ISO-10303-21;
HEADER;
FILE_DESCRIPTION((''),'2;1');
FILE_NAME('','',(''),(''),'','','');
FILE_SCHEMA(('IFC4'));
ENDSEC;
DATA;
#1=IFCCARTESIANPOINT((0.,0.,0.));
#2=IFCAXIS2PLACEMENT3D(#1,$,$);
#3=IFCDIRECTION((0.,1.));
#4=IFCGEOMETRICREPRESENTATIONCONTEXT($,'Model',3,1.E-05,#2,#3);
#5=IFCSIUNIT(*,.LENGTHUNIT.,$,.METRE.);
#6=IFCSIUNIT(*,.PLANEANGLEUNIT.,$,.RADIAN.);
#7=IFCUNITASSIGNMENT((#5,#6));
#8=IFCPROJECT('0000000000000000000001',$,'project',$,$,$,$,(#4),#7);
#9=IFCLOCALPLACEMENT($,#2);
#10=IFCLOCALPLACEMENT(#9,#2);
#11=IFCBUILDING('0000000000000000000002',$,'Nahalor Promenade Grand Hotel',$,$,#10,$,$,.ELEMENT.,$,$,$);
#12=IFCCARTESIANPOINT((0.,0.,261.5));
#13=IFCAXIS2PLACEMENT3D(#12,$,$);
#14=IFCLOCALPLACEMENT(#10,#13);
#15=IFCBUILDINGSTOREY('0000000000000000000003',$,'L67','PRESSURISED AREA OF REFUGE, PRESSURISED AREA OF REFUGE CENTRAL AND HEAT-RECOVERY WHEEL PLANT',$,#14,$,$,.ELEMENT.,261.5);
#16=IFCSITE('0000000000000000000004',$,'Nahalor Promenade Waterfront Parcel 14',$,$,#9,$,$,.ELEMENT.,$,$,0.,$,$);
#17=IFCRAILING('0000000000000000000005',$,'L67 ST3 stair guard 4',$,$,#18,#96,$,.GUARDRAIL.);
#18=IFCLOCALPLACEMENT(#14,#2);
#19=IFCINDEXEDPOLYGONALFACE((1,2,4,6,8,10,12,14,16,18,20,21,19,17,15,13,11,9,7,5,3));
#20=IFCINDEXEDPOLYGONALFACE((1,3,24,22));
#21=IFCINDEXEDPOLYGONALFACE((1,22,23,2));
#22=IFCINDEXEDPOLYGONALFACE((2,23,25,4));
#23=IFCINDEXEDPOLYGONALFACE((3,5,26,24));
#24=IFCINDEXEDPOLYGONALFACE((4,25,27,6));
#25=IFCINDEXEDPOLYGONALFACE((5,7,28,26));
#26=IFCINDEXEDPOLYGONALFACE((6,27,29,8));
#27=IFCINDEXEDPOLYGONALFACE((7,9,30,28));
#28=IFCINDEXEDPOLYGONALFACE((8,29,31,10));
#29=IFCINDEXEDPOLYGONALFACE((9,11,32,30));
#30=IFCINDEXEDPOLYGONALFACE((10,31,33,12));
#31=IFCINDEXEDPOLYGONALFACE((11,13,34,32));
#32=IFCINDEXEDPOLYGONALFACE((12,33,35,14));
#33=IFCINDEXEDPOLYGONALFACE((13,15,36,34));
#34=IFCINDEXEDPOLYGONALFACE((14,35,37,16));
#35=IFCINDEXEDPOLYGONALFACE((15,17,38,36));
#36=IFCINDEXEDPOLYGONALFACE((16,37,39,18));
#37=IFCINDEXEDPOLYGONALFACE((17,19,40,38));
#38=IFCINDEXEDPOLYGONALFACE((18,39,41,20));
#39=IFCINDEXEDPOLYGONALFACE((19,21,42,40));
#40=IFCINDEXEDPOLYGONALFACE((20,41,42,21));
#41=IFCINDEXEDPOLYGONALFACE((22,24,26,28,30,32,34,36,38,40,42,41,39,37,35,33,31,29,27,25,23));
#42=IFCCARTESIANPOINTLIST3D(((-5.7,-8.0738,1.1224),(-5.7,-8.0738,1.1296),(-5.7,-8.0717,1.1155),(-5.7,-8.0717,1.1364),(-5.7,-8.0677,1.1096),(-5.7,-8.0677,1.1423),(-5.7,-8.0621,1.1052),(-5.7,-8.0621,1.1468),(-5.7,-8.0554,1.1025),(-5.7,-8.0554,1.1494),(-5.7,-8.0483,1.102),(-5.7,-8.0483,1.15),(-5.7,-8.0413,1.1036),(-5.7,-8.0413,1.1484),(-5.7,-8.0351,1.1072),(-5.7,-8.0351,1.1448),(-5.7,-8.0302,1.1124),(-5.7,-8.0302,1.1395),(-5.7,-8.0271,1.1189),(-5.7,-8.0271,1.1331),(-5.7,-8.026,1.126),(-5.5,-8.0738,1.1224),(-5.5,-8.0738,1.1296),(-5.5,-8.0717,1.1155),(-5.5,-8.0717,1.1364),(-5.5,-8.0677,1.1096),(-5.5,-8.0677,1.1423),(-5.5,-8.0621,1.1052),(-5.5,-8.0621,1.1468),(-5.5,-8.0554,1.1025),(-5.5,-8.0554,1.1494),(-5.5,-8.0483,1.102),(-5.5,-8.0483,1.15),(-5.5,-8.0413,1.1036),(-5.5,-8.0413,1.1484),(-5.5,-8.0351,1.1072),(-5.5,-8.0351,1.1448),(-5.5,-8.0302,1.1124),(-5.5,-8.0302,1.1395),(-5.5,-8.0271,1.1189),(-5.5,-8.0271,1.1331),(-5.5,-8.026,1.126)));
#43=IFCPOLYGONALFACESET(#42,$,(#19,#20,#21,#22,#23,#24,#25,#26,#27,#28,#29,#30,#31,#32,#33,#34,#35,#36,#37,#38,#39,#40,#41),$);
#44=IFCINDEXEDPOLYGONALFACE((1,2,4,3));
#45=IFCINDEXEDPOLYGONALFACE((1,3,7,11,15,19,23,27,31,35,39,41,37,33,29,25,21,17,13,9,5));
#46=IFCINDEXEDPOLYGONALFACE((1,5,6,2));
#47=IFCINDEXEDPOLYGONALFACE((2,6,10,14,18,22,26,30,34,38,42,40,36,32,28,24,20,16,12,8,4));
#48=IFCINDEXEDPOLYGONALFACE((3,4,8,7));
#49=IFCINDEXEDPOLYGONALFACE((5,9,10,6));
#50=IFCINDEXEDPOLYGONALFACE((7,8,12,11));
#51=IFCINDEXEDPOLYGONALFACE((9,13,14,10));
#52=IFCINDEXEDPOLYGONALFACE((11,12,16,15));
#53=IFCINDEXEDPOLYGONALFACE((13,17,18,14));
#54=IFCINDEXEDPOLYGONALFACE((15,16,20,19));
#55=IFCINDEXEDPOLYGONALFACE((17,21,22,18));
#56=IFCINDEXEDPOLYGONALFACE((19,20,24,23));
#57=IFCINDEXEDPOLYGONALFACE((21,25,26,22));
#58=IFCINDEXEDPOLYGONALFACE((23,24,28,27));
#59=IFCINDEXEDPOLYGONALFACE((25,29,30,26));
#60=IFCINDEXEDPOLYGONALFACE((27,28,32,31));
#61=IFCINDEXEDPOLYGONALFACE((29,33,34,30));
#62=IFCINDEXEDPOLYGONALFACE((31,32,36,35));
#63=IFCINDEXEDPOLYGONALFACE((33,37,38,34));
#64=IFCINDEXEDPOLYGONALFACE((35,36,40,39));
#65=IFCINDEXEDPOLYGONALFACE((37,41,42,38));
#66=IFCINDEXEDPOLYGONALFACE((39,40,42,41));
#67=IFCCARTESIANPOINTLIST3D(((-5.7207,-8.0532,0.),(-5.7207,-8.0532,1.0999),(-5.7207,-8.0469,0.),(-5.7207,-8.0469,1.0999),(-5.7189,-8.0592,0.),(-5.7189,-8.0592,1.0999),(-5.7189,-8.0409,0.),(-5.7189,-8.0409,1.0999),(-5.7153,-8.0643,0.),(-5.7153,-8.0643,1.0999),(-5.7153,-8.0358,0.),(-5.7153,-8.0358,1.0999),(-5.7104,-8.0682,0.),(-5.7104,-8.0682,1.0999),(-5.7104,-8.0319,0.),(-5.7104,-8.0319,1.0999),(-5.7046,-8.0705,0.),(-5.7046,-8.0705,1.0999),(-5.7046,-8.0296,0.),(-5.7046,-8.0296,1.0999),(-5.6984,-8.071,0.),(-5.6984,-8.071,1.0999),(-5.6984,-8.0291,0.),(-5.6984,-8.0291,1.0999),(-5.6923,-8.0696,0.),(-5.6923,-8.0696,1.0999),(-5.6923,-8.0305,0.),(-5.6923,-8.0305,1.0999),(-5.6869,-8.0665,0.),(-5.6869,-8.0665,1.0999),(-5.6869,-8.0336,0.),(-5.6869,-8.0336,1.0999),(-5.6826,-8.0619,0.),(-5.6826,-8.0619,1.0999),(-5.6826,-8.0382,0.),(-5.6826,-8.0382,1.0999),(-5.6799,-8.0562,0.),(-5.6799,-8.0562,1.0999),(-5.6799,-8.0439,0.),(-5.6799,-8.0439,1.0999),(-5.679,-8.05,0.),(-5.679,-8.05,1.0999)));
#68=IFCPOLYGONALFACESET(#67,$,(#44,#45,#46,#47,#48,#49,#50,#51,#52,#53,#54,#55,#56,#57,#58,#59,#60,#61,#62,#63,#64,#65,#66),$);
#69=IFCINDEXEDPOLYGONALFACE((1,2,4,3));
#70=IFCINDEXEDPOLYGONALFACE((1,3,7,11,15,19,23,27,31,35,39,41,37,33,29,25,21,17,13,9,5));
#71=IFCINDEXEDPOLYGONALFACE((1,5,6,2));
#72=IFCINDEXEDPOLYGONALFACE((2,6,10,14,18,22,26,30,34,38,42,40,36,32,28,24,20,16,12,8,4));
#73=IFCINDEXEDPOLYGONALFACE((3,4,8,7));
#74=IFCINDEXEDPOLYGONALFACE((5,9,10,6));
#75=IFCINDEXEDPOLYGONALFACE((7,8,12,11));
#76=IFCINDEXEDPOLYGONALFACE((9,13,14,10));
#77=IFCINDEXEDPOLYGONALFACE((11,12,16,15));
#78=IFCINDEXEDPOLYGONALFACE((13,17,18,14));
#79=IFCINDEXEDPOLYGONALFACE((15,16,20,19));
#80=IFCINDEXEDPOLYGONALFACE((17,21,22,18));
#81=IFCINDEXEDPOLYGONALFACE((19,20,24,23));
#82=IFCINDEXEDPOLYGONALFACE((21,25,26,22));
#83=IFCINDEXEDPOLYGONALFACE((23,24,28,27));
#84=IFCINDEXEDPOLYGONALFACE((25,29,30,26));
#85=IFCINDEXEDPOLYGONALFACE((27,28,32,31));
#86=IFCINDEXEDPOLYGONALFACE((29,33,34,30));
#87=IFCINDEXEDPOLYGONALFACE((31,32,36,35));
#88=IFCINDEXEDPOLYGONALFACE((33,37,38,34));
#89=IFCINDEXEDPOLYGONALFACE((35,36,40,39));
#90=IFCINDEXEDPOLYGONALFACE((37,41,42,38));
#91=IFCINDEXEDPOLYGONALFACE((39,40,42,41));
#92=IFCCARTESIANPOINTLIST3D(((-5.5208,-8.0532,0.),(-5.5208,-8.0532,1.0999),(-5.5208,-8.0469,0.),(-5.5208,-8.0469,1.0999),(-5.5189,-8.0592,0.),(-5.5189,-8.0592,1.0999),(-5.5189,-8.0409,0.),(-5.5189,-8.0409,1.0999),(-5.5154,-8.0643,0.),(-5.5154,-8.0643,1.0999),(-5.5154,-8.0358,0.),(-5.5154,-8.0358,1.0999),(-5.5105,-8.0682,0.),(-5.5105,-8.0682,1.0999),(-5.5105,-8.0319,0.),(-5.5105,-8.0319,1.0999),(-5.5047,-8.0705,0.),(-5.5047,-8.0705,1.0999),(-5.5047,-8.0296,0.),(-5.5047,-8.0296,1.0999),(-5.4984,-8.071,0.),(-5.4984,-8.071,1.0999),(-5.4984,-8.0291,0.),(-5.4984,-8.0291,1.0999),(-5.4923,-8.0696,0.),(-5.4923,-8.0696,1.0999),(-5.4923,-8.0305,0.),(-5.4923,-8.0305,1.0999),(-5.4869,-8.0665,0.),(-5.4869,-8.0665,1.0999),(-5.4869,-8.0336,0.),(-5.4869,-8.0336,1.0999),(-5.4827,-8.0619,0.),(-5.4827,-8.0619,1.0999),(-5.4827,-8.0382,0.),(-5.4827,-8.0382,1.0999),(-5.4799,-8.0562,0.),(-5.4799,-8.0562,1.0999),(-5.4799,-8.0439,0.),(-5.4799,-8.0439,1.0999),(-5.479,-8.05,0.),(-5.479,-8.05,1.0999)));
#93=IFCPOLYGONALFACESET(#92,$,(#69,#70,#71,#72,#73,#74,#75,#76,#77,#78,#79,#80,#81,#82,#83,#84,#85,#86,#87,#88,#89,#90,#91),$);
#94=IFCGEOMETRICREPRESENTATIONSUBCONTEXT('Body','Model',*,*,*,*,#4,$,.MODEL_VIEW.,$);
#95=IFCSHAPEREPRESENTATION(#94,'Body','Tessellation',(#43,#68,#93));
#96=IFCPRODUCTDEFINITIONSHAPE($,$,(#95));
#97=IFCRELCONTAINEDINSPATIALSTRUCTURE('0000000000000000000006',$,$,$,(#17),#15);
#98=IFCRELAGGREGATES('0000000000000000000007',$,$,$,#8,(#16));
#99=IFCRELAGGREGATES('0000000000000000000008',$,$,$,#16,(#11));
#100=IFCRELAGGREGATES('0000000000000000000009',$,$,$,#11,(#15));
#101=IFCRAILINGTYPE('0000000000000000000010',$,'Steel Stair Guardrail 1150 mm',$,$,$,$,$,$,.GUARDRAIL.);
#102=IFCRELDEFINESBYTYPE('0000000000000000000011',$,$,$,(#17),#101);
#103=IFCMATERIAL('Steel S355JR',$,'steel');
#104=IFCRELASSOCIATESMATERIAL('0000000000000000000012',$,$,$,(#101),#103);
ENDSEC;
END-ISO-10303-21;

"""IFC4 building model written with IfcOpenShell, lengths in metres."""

from ifc_helpers import new_model, si_unit, direction, frame, origin, origin_2d, place, context, subcontext, project, spatial, circle, extrude, material, type_object, element, save


model = new_model("IFC4")

# Units and contexts
model_context = context("Model", 3, precision=1e-05, world=origin(), true_north=direction((0.0, 1.0)))
body_context = subcontext(model_context, "Body", "Model", "MODEL_VIEW")
ifc_project = project(units=[si_unit("LENGTHUNIT", "METRE"), si_unit("PLANEANGLEUNIT", "RADIAN")], contexts=[model_context])

# Site, building, storey
site_placement = place(None, origin())
site = spatial("IfcSite", under=ifc_project, at=site_placement, Name="Nahalor Promenade Waterfront Parcel 14", CompositionType="ELEMENT", RefElevation=0.0)
building_placement = place(site_placement, origin())
building = spatial("IfcBuilding", under=site, at=building_placement, Name="Nahalor Promenade Grand Hotel", CompositionType="ELEMENT")
storey_placement = place(building_placement, frame((0.0, 0.0, 261.5)))
storey = spatial("IfcBuildingStorey", under=building, at=storey_placement, Name="L67", Description="PRESSURISED AREA OF REFUGE, PRESSURISED AREA OF REFUGE CENTRAL AND HEAT-RECOVERY WHEEL PLANT", CompositionType="ELEMENT", Elevation=261.5)

# Shared definitions
ifc_material_1 = material(Name="Steel S355JR", Category="steel")

# Railing
railing_type_1 = type_object("IfcRailingType", Name="Steel Stair Guardrail 1150 mm", PredefinedType="GUARDRAIL", material=ifc_material_1)
railing_1_placement = place(storey_placement, frame((-5.7, -8.05, 0.0)))
element("IfcRailing", 1, at=railing_1_placement, inside=storey, type_object=railing_type_1, Name="L67 ST3 stair guard 4", PredefinedType="GUARDRAIL", context=body_context, shape_type="SweptSolid", body=[
    extrude(circle(Radius=0.024, at=origin_2d()), frame((0.0, 0.0, 1.126), z_axis=(1.0, 0.0, 0.0), x_axis=(0.0, 1.0, 0.0)), (0.0, 0.0, 1.0), 0.2),
    extrude(circle(Radius=0.021, at=origin_2d()), origin(), (0.0, 0.0, 1.0), 1.0999),
    extrude(circle(Radius=0.021, at=origin_2d()), frame((0.2, 0.0, 0.0)), (0.0, 0.0, 1.0), 1.0999),
])

save(model, "model.ifc")
